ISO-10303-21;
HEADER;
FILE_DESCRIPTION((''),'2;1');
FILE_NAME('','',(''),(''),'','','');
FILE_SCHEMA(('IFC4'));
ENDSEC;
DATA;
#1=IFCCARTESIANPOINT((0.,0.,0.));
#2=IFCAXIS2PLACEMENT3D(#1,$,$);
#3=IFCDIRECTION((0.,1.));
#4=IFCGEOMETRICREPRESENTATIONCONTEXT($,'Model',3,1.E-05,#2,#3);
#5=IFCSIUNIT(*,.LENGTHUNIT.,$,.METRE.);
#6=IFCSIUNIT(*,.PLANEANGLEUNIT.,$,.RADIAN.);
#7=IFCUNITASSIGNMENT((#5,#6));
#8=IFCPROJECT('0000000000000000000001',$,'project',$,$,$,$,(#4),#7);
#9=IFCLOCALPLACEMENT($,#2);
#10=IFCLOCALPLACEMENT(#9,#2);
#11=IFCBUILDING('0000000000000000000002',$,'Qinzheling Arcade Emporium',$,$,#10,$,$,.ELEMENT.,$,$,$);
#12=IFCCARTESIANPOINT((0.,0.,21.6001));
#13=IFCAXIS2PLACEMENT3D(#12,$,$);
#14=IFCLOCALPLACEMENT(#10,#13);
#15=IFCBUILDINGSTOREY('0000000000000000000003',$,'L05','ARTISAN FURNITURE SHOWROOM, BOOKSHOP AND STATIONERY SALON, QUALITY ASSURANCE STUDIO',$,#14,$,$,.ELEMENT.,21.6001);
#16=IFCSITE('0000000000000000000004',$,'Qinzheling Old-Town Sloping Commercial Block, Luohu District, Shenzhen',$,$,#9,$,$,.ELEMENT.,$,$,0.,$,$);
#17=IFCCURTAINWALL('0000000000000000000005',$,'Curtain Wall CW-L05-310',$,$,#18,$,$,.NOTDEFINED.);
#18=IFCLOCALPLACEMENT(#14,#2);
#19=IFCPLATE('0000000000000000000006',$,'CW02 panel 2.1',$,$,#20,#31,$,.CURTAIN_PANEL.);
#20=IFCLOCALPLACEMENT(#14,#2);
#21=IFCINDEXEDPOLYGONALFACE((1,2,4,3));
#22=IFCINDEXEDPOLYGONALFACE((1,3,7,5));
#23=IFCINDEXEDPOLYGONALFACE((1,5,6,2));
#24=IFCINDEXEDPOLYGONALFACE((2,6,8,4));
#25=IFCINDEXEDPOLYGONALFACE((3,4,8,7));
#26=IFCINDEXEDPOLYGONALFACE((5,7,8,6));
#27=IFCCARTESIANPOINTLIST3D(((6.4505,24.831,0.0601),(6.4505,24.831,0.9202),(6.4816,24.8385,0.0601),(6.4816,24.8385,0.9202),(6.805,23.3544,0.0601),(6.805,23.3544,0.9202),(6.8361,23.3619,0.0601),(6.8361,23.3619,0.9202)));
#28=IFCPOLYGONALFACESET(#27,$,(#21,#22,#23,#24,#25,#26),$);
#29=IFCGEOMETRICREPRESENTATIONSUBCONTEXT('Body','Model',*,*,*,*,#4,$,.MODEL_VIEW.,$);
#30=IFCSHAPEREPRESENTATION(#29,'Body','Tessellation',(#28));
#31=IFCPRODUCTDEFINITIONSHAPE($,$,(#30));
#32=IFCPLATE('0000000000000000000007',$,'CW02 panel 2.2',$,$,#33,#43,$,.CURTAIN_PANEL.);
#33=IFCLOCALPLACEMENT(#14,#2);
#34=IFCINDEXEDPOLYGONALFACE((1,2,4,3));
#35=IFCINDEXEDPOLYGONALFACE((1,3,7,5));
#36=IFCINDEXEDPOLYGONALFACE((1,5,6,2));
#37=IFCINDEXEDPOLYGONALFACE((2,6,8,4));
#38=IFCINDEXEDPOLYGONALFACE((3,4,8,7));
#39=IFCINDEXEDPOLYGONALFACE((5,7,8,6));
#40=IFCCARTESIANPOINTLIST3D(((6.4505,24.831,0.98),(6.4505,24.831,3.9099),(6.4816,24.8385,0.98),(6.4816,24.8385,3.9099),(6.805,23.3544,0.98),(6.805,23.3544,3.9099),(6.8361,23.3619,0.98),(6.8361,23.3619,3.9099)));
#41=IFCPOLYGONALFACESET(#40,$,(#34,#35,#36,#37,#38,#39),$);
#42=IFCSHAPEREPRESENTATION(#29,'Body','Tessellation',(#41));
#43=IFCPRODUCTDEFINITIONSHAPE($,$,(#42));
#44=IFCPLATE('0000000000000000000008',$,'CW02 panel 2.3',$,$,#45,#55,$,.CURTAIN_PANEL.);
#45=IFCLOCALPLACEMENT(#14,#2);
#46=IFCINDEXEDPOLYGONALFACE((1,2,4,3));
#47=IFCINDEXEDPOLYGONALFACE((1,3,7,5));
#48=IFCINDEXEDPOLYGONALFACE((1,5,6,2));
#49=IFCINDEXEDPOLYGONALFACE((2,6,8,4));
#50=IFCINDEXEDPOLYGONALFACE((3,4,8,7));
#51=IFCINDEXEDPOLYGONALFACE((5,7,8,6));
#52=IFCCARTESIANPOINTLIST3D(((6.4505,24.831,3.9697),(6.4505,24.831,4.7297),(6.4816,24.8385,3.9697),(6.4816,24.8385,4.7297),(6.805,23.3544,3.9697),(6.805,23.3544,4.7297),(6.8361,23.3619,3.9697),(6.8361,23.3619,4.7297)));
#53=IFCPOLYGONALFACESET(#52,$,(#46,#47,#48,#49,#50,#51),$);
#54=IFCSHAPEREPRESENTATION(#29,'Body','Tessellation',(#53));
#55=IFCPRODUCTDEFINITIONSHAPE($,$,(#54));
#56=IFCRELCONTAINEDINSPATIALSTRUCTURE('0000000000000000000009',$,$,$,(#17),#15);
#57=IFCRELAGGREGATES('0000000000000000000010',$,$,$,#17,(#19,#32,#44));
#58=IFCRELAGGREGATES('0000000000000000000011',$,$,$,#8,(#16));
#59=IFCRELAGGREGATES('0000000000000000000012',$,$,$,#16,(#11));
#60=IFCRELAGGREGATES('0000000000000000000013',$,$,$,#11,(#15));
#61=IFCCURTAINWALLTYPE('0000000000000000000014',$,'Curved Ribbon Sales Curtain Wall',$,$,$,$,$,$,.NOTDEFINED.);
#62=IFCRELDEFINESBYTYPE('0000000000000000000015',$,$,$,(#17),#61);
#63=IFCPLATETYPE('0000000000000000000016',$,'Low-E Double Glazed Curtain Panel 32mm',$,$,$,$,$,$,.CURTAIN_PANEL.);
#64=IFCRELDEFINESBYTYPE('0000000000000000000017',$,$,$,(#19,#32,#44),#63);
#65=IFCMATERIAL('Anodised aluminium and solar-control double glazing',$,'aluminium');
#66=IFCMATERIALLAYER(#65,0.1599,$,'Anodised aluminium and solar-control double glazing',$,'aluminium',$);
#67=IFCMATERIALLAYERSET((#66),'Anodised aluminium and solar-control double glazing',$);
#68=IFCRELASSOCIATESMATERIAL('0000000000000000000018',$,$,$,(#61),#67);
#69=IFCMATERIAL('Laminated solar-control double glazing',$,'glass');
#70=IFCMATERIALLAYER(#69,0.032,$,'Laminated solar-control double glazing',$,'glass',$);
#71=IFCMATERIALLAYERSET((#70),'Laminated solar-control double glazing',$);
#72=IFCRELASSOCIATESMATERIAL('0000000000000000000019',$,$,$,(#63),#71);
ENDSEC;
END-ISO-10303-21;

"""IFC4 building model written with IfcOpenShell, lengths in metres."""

from ifc_helpers import new_model, si_unit, direction, frame, origin, origin_2d, place, context, subcontext, project, spatial, rectangle, extrude, material, layer, layer_set, type_object, element, aggregate, save


model = new_model("IFC4")

# Units and contexts
model_context = context("Model", 3, precision=1e-05, world=origin(), true_north=direction((0.0, 1.0)))
body_context = subcontext(model_context, "Body", "Model", "MODEL_VIEW")
ifc_project = project(units=[si_unit("LENGTHUNIT", "METRE"), si_unit("PLANEANGLEUNIT", "RADIAN")], contexts=[model_context])

# Site, building, storey
site_placement = place(None, origin())
site = spatial("IfcSite", under=ifc_project, at=site_placement, Name="Qinzheling Old-Town Sloping Commercial Block, Luohu District, Shenzhen", CompositionType="ELEMENT", RefElevation=0.0)
building_placement = place(site_placement, origin())
building = spatial("IfcBuilding", under=site, at=building_placement, Name="Qinzheling Arcade Emporium", CompositionType="ELEMENT")
storey_placement = place(building_placement, frame((0.0, 0.0, 21.6001)))
storey = spatial("IfcBuildingStorey", under=building, at=storey_placement, Name="L05", Description="ARTISAN FURNITURE SHOWROOM, BOOKSHOP AND STATIONERY SALON, QUALITY ASSURANCE STUDIO", CompositionType="ELEMENT", Elevation=21.6001)

# Curtain wall
ifc_material_1 = material(Name="Anodised aluminium and solar-control double glazing", Category="aluminium")
ifc_layer_1 = layer(ifc_material_1, 0.1599, Name="Anodised aluminium and solar-control double glazing", Category="aluminium")
ifc_layer_set_1 = layer_set([ifc_layer_1], Name="Anodised aluminium and solar-control double glazing")
curtain_wall_type = type_object("IfcCurtainWallType", Name="Curved Ribbon Sales Curtain Wall", PredefinedType="NOTDEFINED", material=ifc_layer_set_1)
curtain_wall_1_placement = place(storey_placement, origin())
curtain_wall_1 = element("IfcCurtainWall", 1, at=curtain_wall_1_placement, inside=storey, type_object=curtain_wall_type, Name="Curtain Wall CW-L05-310", PredefinedType="NOTDEFINED")

# Plates
ifc_material_2 = material(Name="Laminated solar-control double glazing", Category="glass")
ifc_layer_2 = layer(ifc_material_2, 0.032, Name="Laminated solar-control double glazing", Category="glass")
ifc_layer_set_2 = layer_set([ifc_layer_2], Name="Laminated solar-control double glazing")
plate_type_1 = type_object("IfcPlateType", Name="Low-E Double Glazed Curtain Panel 32mm", PredefinedType="CURTAIN_PANEL", material=ifc_layer_set_2)
plate_1_placement = place(storey_placement, frame((6.6433, 24.0964, 0.0601), z_axis=(0.0, 0.0, 1.0), x_axis=(-0.233455, 0.972368, 0.0)))
plate_1 = element("IfcPlate", 2, at=plate_1_placement, type_object=plate_type_1, Name="CW02 panel 2.1", PredefinedType="CURTAIN_PANEL", context=body_context, shape_type="SweptSolid", body=[
    extrude(rectangle(XDim=1.5186, YDim=0.032, at=origin_2d()), origin(), (0.0, 0.0, 1.0), 0.8601),
])
plate_2_placement = place(storey_placement, frame((6.6433, 24.0964, 0.98), z_axis=(0.0, 0.0, 1.0), x_axis=(-0.233455, 0.972368, 0.0)))
plate_2 = element("IfcPlate", 3, at=plate_2_placement, type_object=plate_type_1, Name="CW02 panel 2.2", PredefinedType="CURTAIN_PANEL", context=body_context, shape_type="SweptSolid", body=[
    extrude(rectangle(XDim=1.5186, YDim=0.032, at=origin_2d()), origin(), (0.0, 0.0, 1.0), 2.9299),
])
plate_3_placement = place(storey_placement, frame((6.6433, 24.0964, 3.9697), z_axis=(0.0, 0.0, 1.0), x_axis=(-0.233455, 0.972368, 0.0)))
plate_3 = element("IfcPlate", 4, at=plate_3_placement, type_object=plate_type_1, Name="CW02 panel 2.3", PredefinedType="CURTAIN_PANEL", context=body_context, shape_type="SweptSolid", body=[
    extrude(rectangle(XDim=1.5186, YDim=0.032, at=origin_2d()), origin(), (0.0, 0.0, 1.0), 0.76),
])
aggregate(curtain_wall_1, [plate_1, plate_2, plate_3])

save(model, "model.ifc")
